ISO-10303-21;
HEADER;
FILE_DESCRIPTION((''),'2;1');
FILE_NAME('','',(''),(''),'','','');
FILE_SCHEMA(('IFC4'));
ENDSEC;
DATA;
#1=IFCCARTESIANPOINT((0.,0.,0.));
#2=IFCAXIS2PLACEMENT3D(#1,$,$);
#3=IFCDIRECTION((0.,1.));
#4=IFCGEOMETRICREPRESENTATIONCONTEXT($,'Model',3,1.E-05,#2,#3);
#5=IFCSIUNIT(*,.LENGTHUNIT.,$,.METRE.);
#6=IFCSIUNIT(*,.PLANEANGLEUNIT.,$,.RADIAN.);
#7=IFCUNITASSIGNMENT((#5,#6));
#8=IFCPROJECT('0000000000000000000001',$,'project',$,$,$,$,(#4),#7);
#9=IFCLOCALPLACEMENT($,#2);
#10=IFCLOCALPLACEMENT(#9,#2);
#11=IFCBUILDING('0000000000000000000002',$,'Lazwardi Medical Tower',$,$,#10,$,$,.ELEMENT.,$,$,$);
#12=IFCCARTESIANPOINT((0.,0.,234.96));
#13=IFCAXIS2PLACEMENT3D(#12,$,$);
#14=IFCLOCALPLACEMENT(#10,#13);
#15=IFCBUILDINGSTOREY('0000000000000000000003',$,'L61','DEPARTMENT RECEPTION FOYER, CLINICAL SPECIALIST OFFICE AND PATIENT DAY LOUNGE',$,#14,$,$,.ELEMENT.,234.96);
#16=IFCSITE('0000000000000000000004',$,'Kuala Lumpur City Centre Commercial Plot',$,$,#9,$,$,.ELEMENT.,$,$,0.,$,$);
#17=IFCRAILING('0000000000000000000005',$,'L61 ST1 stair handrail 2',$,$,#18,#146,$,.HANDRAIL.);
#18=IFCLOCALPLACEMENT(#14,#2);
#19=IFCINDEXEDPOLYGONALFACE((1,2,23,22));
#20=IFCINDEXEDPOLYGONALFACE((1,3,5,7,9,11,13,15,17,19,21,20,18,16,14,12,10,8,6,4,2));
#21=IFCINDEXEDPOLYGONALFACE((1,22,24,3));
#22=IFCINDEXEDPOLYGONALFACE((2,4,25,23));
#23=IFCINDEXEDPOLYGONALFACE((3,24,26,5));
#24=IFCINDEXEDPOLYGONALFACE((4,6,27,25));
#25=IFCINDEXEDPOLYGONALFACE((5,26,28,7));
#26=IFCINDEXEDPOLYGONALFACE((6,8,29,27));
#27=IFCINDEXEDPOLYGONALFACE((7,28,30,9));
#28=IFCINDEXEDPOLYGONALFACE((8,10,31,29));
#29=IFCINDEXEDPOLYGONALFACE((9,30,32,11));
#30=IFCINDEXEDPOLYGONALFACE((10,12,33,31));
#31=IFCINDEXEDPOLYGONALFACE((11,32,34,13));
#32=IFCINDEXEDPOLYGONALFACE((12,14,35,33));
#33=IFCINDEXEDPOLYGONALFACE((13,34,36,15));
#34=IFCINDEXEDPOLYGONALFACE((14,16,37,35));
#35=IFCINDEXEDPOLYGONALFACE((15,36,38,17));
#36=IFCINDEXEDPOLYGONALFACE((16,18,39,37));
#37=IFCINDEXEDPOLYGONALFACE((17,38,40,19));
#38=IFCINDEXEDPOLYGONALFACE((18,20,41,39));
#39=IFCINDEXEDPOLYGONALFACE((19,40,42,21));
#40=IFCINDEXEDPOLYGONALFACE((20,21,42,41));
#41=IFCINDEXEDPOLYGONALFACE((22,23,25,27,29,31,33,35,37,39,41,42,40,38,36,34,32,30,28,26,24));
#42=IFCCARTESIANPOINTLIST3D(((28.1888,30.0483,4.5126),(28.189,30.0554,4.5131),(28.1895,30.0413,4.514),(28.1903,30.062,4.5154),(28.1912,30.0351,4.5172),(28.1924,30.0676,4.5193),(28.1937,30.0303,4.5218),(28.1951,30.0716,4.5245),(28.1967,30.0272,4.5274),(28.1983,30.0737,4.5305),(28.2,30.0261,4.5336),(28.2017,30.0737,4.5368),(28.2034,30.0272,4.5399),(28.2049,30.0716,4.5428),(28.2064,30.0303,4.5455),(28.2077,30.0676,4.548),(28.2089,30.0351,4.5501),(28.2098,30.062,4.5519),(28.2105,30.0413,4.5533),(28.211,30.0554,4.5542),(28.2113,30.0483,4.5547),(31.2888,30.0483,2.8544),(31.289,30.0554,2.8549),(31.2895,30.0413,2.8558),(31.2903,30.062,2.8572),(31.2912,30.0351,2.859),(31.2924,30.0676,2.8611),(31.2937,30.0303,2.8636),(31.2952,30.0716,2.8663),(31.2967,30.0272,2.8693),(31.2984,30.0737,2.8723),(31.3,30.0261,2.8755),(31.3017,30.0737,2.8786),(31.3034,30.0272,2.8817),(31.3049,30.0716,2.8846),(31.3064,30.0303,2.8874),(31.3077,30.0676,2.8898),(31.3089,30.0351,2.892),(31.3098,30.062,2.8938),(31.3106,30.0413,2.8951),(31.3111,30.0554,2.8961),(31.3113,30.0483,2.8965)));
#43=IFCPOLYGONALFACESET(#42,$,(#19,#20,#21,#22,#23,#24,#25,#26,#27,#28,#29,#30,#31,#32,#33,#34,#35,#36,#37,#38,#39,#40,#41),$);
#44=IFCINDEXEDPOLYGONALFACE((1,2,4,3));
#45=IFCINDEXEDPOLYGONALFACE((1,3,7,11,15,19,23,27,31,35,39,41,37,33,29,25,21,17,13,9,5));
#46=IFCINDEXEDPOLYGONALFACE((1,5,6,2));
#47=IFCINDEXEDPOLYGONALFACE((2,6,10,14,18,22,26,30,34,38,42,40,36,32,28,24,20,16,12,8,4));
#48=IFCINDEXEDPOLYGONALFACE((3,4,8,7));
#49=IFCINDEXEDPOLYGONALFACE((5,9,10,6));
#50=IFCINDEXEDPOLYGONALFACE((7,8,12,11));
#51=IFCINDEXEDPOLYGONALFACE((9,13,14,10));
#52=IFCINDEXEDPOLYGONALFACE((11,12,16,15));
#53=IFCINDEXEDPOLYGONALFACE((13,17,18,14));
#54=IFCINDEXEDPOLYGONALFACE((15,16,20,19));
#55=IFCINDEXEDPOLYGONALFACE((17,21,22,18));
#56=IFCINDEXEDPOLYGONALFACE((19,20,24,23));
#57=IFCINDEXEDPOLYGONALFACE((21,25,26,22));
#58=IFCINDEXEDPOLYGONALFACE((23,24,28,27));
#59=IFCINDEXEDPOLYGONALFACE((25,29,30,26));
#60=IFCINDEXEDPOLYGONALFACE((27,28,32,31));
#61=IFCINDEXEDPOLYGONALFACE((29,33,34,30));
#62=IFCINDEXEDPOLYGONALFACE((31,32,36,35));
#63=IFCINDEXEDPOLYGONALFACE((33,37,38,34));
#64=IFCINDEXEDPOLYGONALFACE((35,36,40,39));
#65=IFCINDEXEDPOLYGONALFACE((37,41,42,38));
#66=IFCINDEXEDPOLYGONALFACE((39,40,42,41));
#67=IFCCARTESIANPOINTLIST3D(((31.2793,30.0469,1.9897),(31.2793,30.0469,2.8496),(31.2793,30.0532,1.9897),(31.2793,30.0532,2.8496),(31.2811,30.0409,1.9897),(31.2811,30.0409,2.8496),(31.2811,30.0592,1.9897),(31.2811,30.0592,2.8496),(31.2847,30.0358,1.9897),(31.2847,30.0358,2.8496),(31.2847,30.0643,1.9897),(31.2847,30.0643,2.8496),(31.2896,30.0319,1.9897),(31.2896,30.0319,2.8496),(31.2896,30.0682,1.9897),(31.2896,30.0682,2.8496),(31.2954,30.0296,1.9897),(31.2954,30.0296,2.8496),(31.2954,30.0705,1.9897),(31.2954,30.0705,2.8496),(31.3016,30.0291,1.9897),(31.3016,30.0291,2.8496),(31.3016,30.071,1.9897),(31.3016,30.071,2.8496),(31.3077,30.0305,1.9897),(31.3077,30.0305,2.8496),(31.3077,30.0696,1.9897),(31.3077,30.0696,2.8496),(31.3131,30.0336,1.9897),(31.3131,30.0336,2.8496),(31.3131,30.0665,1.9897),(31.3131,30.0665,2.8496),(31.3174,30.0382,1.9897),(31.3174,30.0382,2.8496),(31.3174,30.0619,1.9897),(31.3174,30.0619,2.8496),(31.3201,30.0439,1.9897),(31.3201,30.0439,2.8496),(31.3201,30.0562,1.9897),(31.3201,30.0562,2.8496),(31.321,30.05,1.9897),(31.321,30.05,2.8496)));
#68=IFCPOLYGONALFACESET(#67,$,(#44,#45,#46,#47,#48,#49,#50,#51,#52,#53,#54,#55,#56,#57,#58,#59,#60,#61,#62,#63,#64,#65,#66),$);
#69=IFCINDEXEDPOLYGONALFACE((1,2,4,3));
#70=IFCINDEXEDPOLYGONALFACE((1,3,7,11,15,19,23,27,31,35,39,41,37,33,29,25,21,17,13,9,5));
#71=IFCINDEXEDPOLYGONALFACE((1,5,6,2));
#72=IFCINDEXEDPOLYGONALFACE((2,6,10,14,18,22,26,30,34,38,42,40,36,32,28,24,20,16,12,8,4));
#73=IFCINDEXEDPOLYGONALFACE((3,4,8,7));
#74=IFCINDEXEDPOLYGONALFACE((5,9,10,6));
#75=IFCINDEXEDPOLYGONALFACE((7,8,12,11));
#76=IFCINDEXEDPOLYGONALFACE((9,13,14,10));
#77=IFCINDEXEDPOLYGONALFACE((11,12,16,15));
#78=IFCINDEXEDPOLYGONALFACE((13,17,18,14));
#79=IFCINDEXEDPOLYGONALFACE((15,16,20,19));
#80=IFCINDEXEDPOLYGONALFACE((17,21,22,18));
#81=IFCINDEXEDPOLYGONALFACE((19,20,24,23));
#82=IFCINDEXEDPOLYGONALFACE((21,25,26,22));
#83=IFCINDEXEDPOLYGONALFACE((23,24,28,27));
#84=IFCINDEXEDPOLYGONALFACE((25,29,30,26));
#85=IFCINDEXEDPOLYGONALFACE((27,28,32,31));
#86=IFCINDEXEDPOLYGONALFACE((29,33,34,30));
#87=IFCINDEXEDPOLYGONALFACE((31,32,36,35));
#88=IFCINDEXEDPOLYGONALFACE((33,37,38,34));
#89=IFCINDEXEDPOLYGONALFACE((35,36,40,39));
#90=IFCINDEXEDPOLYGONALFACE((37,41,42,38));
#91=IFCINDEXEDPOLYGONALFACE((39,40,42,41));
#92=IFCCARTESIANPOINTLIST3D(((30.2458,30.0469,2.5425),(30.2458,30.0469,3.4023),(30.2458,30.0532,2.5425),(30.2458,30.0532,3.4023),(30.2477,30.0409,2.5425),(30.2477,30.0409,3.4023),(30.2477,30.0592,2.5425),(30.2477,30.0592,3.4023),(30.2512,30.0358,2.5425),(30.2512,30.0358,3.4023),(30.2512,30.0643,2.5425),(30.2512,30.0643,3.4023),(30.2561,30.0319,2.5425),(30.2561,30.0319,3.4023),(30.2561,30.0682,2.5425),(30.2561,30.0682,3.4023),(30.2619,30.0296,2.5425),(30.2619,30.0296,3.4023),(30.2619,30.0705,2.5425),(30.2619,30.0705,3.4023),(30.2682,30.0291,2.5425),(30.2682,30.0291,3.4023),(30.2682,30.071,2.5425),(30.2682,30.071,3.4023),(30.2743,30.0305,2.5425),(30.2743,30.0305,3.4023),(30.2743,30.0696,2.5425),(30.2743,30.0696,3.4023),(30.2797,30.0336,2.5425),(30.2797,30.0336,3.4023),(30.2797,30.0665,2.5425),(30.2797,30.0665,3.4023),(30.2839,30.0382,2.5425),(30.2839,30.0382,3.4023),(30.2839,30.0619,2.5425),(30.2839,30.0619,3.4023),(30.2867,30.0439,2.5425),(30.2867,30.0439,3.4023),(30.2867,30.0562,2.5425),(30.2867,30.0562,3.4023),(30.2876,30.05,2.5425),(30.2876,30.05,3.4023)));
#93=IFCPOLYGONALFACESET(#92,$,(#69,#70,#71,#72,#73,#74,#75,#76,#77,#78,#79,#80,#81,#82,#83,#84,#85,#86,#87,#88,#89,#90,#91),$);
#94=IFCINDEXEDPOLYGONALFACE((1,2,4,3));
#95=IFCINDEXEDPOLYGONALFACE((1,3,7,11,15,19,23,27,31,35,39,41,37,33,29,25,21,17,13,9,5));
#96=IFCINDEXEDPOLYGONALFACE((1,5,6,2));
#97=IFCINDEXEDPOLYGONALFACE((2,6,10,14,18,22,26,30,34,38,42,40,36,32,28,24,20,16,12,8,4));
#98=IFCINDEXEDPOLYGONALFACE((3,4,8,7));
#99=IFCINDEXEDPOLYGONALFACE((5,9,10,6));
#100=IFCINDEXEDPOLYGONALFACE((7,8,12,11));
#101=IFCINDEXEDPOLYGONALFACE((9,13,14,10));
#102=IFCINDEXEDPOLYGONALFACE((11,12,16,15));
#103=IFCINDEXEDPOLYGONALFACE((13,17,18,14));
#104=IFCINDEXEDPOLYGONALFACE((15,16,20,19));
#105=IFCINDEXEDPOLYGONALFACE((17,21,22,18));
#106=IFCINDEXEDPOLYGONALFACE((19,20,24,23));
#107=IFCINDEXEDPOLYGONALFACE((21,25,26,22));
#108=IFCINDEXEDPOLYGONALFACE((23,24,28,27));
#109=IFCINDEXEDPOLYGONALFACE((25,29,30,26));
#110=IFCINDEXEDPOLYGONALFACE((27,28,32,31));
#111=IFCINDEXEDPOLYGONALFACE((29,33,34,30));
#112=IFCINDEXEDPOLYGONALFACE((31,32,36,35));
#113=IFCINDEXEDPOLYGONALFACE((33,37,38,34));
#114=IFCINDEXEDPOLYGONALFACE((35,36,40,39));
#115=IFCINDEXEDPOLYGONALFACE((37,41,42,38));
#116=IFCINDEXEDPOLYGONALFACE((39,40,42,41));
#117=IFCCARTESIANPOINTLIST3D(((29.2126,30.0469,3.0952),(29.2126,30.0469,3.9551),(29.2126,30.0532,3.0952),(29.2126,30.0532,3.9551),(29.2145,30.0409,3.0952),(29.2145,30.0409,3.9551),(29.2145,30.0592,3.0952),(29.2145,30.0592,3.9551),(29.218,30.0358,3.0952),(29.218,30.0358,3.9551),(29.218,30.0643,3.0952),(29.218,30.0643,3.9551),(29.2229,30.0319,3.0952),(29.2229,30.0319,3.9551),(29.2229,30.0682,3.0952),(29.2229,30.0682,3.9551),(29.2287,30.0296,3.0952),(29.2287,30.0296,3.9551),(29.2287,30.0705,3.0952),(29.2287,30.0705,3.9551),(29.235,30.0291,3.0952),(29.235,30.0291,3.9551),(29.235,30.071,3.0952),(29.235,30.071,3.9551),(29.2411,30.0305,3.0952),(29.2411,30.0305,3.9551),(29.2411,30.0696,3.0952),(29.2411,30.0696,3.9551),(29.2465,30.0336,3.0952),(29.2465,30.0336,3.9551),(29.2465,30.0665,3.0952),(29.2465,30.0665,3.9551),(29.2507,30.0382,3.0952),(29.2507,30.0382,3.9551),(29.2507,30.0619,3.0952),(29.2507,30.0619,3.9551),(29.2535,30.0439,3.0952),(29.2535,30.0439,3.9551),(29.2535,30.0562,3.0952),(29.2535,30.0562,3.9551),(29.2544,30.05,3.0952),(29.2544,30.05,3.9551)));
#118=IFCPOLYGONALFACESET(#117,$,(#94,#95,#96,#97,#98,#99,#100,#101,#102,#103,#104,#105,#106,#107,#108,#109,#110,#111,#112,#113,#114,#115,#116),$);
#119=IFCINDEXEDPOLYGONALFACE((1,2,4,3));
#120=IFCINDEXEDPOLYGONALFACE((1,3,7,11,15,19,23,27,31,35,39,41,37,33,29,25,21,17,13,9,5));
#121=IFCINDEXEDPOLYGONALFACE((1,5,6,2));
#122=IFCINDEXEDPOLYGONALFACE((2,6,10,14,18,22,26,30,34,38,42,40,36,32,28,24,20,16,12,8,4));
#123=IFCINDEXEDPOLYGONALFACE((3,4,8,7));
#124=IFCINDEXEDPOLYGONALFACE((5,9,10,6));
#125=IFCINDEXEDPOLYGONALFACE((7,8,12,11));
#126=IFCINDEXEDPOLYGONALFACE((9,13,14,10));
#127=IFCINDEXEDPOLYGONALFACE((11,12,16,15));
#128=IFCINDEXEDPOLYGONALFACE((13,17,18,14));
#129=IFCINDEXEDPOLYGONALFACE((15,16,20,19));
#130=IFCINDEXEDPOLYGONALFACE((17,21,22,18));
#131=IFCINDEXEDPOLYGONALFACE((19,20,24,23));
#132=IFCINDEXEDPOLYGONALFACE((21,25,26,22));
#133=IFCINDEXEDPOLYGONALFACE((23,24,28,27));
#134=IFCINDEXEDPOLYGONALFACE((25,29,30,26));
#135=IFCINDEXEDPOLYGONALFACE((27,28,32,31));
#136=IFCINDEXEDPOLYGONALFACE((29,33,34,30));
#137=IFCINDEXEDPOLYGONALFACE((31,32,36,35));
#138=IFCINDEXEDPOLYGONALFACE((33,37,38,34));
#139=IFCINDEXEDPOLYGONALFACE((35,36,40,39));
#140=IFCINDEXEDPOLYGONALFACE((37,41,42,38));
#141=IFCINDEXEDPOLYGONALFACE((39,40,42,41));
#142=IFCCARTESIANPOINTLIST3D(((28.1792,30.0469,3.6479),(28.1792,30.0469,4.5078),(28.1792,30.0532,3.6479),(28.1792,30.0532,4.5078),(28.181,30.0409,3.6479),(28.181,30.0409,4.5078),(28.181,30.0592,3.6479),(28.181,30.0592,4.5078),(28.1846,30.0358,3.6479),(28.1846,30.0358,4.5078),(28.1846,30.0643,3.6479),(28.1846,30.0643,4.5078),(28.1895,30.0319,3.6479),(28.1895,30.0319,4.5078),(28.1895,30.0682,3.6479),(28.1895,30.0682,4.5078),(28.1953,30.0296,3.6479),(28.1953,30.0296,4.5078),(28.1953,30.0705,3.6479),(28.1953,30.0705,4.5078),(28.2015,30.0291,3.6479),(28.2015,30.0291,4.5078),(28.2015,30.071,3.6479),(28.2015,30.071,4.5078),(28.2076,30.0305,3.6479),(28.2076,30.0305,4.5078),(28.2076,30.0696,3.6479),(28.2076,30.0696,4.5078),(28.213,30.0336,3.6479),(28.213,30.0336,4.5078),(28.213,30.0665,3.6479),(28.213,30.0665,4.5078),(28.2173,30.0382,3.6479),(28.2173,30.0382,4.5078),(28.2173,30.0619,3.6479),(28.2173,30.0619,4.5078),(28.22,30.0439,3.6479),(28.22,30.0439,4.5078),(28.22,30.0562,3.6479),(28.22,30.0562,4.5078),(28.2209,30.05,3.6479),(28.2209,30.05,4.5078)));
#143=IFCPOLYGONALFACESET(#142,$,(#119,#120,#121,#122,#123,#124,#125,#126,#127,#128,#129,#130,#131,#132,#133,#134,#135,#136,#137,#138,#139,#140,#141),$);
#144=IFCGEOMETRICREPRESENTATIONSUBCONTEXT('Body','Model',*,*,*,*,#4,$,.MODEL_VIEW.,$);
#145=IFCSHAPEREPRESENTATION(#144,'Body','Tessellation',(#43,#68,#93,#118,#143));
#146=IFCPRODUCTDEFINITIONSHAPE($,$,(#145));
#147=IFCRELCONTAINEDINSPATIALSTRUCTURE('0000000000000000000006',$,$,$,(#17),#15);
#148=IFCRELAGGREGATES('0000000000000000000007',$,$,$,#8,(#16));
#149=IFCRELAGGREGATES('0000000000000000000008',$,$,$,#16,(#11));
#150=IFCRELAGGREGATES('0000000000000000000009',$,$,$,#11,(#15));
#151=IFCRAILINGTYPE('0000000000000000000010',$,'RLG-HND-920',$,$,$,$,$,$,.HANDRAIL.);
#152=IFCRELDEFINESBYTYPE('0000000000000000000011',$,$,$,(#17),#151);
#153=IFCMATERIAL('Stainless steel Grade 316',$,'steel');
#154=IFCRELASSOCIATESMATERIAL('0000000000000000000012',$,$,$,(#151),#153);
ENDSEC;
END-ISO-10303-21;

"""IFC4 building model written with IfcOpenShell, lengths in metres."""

from ifc_helpers import new_model, si_unit, direction, frame, origin, origin_2d, place, context, subcontext, project, spatial, circle, extrude, material, type_object, element, save


model = new_model("IFC4")

# Units and contexts
model_context = context("Model", 3, precision=1e-05, world=origin(), true_north=direction((0.0, 1.0)))
body_context = subcontext(model_context, "Body", "Model", "MODEL_VIEW")
ifc_project = project(units=[si_unit("LENGTHUNIT", "METRE"), si_unit("PLANEANGLEUNIT", "RADIAN")], contexts=[model_context])

# Site, building, storey
site_placement = place(None, origin())
site = spatial("IfcSite", under=ifc_project, at=site_placement, Name="Kuala Lumpur City Centre Commercial Plot", CompositionType="ELEMENT", RefElevation=0.0)
building_placement = place(site_placement, origin())
building = spatial("IfcBuilding", under=site, at=building_placement, Name="Lazwardi Medical Tower", CompositionType="ELEMENT")
storey_placement = place(building_placement, frame((0.0, 0.0, 234.96)))
storey = spatial("IfcBuildingStorey", under=building, at=storey_placement, Name="L61", Description="DEPARTMENT RECEPTION FOYER, CLINICAL SPECIALIST OFFICE AND PATIENT DAY LOUNGE", CompositionType="ELEMENT", Elevation=234.96)

# Railing
ifc_material_1 = material(Name="Stainless steel Grade 316", Category="steel")
railing_type_1 = type_object("IfcRailingType", Name="RLG-HND-920", PredefinedType="HANDRAIL", material=ifc_material_1)
railing_1_placement = place(storey_placement, frame((31.3, 30.05, 1.9897)))
element("IfcRailing", 1, at=railing_1_placement, inside=storey, type_object=railing_type_1, Name="L61 ST1 stair handrail 2", PredefinedType="HANDRAIL", context=body_context, shape_type="SweptSolid", body=[
    extrude(circle(Radius=0.0239, at=origin_2d()), frame((0.0, 0.0, 0.8857), z_axis=(-0.881783, 0.0, 0.471655), x_axis=(0.0, -1.0, 0.0)), (0.0, 0.0, 1.0), 3.5156),
    extrude(circle(Radius=0.021, at=origin_2d()), origin(), (0.0, 0.0, 1.0), 0.8599),
    extrude(circle(Radius=0.021, at=origin_2d()), frame((-1.0334, 0.0, 0.5527)), (0.0, 0.0, 1.0), 0.8599),
    extrude(circle(Radius=0.021, at=origin_2d()), frame((-2.0667, 0.0, 1.1055)), (0.0, 0.0, 1.0), 0.8599),
    extrude(circle(Radius=0.021, at=origin_2d()), frame((-3.1001, 0.0, 1.6582)), (0.0, 0.0, 1.0), 0.8599),
])

save(model, "model.ifc")
